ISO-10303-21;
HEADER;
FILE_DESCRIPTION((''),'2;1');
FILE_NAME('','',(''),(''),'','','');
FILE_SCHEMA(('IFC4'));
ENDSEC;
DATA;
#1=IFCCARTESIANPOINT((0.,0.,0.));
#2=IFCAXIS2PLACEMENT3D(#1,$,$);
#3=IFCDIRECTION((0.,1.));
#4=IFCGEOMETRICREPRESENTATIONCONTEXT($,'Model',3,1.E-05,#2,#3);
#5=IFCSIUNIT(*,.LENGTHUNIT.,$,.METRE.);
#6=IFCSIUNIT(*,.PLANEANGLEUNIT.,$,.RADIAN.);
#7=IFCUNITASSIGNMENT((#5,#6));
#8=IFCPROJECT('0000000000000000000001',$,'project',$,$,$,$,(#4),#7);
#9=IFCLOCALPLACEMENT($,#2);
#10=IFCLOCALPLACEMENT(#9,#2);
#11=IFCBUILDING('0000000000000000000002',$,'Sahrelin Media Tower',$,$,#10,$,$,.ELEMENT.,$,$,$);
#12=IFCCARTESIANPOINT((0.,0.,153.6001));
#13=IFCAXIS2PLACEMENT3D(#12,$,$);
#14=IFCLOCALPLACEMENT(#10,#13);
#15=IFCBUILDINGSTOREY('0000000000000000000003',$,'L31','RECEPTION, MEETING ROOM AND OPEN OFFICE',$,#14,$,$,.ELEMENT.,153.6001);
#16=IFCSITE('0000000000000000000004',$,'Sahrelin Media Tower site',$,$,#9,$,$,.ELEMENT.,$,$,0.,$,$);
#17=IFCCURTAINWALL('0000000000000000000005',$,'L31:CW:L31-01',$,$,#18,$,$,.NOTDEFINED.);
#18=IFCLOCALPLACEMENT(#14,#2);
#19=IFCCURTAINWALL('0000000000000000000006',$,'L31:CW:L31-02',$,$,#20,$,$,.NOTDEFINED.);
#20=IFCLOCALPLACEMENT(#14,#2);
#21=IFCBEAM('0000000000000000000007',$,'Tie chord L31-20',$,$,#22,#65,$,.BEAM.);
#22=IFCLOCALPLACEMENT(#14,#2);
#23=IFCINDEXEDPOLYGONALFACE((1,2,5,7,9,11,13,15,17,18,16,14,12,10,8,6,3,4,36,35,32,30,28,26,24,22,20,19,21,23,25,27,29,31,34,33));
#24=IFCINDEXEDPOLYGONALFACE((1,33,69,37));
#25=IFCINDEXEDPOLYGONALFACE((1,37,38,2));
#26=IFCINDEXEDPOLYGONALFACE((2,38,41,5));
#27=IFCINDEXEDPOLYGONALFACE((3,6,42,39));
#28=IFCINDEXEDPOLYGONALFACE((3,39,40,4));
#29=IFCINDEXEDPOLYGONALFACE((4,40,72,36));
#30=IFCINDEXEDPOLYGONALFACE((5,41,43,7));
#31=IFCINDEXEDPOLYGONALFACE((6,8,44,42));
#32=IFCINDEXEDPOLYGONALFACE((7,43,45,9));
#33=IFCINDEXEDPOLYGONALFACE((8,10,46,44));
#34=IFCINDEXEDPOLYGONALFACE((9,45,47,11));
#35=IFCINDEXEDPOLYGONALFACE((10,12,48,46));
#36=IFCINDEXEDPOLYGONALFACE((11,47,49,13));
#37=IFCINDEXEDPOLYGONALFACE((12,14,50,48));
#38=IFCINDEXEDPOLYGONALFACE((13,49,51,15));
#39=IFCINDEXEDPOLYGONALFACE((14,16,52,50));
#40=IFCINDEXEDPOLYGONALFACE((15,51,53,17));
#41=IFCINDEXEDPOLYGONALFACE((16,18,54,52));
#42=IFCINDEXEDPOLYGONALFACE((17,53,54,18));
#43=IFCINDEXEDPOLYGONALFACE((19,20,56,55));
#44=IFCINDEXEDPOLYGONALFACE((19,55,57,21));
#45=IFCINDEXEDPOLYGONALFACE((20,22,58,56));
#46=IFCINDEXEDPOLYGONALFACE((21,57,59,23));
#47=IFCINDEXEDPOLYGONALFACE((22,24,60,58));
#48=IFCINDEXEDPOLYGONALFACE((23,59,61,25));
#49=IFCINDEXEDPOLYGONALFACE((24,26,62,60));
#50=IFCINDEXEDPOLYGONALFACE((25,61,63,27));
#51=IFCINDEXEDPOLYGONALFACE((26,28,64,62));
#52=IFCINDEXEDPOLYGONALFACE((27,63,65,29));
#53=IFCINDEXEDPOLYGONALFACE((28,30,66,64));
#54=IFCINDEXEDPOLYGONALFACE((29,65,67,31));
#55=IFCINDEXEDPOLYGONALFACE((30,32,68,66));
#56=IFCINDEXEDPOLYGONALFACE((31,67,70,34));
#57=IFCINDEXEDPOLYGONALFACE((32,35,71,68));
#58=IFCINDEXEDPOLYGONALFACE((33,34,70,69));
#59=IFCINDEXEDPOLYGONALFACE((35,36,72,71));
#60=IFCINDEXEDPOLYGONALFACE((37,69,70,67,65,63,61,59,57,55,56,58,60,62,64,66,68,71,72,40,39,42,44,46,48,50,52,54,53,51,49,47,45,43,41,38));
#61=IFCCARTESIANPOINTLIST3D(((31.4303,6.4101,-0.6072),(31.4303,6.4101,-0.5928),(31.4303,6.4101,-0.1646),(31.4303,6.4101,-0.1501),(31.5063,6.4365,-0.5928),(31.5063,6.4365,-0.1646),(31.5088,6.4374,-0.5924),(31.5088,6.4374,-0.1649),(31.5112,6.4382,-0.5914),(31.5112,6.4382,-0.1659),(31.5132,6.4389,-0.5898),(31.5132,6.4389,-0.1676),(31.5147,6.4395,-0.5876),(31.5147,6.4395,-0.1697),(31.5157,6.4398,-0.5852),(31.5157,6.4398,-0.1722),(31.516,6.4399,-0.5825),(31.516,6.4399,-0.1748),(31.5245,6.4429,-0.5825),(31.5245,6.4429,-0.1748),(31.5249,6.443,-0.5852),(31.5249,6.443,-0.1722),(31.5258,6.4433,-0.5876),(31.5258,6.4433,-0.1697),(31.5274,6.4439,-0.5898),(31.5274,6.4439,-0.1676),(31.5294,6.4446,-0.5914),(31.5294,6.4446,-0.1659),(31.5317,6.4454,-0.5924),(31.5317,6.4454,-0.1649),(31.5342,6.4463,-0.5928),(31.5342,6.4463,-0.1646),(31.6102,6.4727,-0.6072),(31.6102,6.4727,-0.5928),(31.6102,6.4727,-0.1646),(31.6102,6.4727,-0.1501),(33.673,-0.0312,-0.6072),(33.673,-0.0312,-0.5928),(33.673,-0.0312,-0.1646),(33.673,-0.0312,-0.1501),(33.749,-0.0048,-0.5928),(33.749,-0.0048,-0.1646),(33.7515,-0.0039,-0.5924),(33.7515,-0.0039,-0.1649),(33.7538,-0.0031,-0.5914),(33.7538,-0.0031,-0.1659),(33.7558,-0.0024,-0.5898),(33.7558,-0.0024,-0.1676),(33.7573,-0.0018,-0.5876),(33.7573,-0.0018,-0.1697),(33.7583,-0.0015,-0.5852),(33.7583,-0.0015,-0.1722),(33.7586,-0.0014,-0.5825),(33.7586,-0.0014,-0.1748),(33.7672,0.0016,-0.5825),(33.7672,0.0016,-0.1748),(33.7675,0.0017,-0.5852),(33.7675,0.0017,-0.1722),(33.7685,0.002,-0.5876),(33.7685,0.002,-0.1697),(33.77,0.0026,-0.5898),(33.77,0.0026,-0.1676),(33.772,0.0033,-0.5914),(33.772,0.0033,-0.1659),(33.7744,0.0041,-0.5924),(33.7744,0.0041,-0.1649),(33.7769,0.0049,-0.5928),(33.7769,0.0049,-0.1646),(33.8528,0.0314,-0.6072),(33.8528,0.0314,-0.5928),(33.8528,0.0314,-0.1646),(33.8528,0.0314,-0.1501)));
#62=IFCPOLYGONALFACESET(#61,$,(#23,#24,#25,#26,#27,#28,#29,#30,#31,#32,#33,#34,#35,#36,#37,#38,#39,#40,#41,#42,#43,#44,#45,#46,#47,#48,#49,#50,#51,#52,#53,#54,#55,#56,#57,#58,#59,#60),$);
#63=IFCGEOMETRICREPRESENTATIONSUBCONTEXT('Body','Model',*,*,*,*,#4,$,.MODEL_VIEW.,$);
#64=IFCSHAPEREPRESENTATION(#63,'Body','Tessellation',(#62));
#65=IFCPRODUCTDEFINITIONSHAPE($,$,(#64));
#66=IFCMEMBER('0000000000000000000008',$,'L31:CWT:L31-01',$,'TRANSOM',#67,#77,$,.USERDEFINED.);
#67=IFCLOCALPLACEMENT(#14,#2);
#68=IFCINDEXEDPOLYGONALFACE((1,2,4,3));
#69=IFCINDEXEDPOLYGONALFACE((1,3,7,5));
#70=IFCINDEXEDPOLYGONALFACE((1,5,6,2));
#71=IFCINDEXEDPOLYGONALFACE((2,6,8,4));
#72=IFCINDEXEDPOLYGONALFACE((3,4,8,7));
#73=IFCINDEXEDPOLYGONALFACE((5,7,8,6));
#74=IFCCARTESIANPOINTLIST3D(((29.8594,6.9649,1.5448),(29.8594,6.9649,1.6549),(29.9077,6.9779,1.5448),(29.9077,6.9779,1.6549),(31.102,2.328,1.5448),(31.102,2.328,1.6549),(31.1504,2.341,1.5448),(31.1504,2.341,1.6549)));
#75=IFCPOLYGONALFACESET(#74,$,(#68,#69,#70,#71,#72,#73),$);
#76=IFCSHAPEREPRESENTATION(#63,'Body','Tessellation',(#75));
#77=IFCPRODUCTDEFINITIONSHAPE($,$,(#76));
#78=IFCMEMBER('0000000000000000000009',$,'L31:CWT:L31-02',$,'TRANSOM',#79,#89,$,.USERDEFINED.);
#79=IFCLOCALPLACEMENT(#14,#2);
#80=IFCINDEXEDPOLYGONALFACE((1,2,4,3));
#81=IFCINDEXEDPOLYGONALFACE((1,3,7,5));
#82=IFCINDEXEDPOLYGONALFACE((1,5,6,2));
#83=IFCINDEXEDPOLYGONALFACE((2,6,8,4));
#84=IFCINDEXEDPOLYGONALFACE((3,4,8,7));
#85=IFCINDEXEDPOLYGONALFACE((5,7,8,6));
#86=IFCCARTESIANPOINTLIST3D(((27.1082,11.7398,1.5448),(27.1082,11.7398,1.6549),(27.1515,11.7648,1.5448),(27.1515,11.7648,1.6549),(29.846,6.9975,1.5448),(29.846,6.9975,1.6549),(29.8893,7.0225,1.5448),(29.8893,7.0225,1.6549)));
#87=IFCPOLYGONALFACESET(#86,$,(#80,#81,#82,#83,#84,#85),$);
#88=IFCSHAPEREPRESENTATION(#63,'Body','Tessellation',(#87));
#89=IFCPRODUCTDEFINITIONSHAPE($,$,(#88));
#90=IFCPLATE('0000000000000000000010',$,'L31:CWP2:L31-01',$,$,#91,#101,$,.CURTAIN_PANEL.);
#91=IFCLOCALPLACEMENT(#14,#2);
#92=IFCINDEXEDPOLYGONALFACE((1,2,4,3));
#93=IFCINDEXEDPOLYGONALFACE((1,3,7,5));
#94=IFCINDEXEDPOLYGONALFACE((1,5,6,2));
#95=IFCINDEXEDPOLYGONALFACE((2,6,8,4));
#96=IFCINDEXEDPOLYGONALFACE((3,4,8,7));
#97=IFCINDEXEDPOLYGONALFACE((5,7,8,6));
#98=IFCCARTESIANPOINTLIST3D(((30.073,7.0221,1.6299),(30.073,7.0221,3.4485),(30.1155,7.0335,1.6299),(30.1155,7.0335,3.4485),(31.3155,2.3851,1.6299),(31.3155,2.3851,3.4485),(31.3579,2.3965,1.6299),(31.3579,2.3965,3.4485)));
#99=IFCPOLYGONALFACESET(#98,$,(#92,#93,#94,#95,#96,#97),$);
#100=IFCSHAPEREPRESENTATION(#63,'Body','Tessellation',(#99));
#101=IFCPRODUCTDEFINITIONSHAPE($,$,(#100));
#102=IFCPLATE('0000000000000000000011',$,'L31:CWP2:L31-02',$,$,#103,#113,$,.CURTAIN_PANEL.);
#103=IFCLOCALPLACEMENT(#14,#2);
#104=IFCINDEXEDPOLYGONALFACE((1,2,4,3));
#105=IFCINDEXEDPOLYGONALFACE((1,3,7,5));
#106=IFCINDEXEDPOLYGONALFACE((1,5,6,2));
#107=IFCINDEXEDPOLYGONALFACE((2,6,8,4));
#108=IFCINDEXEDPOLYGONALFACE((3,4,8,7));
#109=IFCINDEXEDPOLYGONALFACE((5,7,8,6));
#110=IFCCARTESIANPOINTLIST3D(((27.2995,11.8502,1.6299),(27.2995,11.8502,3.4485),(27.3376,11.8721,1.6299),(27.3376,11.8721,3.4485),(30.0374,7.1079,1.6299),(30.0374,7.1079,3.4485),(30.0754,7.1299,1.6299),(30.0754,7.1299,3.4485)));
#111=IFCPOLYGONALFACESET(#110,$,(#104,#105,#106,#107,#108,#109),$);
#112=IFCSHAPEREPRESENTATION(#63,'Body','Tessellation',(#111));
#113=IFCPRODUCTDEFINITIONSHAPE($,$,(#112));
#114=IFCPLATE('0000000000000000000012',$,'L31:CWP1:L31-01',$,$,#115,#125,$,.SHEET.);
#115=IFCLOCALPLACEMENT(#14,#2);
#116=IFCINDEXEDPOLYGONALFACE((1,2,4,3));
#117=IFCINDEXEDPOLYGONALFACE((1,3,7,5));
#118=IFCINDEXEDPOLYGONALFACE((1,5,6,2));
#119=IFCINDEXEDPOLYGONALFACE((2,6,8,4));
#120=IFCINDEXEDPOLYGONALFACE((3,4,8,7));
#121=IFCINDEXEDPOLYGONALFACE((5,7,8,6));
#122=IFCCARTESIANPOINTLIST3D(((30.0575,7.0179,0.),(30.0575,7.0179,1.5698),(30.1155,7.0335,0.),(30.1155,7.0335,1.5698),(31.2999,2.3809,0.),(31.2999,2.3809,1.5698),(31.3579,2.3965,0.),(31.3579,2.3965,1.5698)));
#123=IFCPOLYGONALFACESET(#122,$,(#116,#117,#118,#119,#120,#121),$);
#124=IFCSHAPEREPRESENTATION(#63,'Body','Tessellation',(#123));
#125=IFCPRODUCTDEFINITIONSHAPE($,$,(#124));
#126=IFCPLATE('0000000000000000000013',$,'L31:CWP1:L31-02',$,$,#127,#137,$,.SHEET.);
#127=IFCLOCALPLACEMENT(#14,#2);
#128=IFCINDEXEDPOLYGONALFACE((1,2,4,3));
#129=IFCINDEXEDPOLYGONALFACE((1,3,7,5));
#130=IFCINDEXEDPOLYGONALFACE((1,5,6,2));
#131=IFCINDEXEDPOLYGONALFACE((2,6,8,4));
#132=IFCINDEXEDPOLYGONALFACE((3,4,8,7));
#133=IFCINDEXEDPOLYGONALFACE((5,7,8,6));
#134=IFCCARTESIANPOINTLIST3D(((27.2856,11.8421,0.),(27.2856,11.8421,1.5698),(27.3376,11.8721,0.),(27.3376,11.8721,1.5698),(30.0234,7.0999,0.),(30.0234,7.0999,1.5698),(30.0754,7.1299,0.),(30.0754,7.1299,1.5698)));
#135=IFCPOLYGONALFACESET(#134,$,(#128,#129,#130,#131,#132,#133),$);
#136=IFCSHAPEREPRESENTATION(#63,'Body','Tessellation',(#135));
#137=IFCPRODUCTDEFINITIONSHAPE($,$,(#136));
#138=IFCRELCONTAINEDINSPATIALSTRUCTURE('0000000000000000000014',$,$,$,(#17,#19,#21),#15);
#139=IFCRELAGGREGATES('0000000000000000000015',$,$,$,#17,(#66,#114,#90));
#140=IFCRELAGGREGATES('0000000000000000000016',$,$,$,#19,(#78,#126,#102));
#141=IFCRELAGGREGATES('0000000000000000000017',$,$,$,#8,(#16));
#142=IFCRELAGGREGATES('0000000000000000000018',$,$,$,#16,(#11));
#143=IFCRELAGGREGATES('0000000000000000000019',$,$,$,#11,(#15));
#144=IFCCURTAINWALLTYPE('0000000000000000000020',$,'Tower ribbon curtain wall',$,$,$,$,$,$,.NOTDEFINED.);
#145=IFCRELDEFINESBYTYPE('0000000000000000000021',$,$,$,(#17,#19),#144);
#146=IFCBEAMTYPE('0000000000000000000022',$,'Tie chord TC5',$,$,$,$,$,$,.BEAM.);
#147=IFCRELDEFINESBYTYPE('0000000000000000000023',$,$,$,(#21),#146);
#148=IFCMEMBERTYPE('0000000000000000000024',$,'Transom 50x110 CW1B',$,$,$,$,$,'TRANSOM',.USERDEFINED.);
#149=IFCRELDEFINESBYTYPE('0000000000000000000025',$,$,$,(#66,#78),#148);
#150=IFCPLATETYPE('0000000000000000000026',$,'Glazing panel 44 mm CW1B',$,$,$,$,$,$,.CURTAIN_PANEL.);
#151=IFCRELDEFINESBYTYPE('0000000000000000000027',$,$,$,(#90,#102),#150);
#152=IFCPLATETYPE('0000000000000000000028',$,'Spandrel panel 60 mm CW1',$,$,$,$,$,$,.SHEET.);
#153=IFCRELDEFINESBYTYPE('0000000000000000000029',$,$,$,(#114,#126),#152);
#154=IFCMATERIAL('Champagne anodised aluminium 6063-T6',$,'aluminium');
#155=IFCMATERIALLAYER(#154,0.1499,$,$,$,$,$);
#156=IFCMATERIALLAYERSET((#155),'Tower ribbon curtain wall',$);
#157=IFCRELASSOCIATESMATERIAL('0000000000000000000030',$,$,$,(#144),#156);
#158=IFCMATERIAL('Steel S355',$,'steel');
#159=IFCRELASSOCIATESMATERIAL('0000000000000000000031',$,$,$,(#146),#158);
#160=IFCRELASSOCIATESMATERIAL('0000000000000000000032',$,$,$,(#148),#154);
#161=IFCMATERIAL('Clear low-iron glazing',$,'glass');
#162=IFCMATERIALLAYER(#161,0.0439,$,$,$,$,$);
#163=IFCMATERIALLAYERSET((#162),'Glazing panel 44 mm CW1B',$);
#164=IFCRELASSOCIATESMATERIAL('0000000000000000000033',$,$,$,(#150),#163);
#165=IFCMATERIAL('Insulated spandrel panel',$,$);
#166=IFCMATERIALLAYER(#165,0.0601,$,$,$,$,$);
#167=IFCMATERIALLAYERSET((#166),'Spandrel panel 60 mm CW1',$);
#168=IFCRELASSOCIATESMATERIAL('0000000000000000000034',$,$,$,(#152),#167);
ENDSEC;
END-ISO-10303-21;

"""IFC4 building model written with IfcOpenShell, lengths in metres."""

from ifc_helpers import new_model, si_unit, direction, frame, origin, origin_2d, place, context, subcontext, project, spatial, polyline, rectangle, i_section, outline, extrude, material, layer, layer_set, material_profile, profile_set, type_object, element, aggregate, save


model = new_model("IFC4")

# Units and contexts
model_context = context("Model", 3, precision=1e-05, world=origin(), true_north=direction((0.0, 1.0)))
body_context = subcontext(model_context, "Body", "Model", "MODEL_VIEW")
ifc_project = project(units=[si_unit("LENGTHUNIT", "METRE"), si_unit("PLANEANGLEUNIT", "RADIAN")], contexts=[model_context])

# Site, building, storey
site_placement = place(None, origin())
site = spatial("IfcSite", under=ifc_project, at=site_placement, Name="Sahrelin Media Tower site", CompositionType="ELEMENT", RefElevation=0.0)
building_placement = place(site_placement, origin())
building = spatial("IfcBuilding", under=site, at=building_placement, Name="Sahrelin Media Tower", CompositionType="ELEMENT")
storey_placement = place(building_placement, frame((0.0, 0.0, 153.6001)))
storey = spatial("IfcBuildingStorey", under=building, at=storey_placement, Name="L31", Description="RECEPTION, MEETING ROOM AND OPEN OFFICE", CompositionType="ELEMENT", Elevation=153.6001)

# Shared definitions
ifc_material_1 = material(Name="Steel S355", Category="steel")

# Curtain walls
ifc_material_2 = material(Name="Champagne anodised aluminium 6063-T6", Category="aluminium")
ifc_layer_1 = layer(ifc_material_2, 0.1499)
ifc_layer_set_1 = layer_set([ifc_layer_1], Name="Tower ribbon curtain wall")
curtain_wall_type = type_object("IfcCurtainWallType", Name="Tower ribbon curtain wall", PredefinedType="NOTDEFINED", material=ifc_layer_set_1)
curtain_wall_1_placement = place(storey_placement, frame((30.7173, 4.7097, 0.0), z_axis=(0.0, 0.0, 1.0), x_axis=(1.0, 0.0, 0.0)))
curtain_wall_1 = element("IfcCurtainWall", 1, at=curtain_wall_1_placement, inside=storey, type_object=curtain_wall_type, Name="L31:CW:L31-01", PredefinedType="NOTDEFINED")
curtain_wall_2_placement = place(storey_placement, frame((28.6892, 9.491, 0.0), z_axis=(0.0, 0.0, 1.0), x_axis=(1.0, 0.0, 0.0)))
curtain_wall_2 = element("IfcCurtainWall", 2, at=curtain_wall_2_placement, inside=storey, type_object=curtain_wall_type, Name="L31:CW:L31-02", PredefinedType="NOTDEFINED")

# Beam
ifc_material_profile_1 = material_profile(ifc_material_1, i_section(OverallWidth=0.1904, OverallDepth=0.457, WebThickness=0.009, FlangeThickness=0.0144, FilletRadius=0.0103, at=origin_2d()), Name="UB 457x191x74")
ifc_profile_set_1 = profile_set([ifc_material_profile_1], Name="Steel S355")
beam_type_1 = type_object("IfcBeamType", Name="Tie chord TC5", PredefinedType="BEAM", material=ifc_profile_set_1)
for number, where, z_axis, x_axis, name in (
    (3, (31.5203, 6.4414, -0.3787), (0.328807, -0.944397, 0.0), (0.944397, 0.328807, 0.0), "Tie chord L31-20"),
):
    element("IfcBeam", number, at=place(storey_placement, frame(where, z_axis=z_axis, x_axis=x_axis)), inside=storey, type_object=beam_type_1, Name=name, PredefinedType="BEAM", context=body_context, shape_type="SweptSolid", body=[
        extrude(i_section(OverallWidth=0.1904, OverallDepth=0.457, WebThickness=0.009, FlangeThickness=0.0144, FilletRadius=0.0103, at=origin_2d()), origin(), (0.0, 0.0, 1.0), 6.8206),
    ])

# Members
ifc_material_profile_2 = material_profile(ifc_material_2, rectangle(XDim=0.05, YDim=0.1101, at=origin_2d()), Name="Transom 50x110")
ifc_profile_set_2 = profile_set([ifc_material_profile_2], Name="Champagne anodised aluminium 6063-T6")
member_type_1 = type_object("IfcMemberType", Name="Transom 50x110 CW1B", ElementType="TRANSOM", PredefinedType="USERDEFINED", material=ifc_profile_set_2)
member_1_placement = place(storey_placement, frame((31.1262, 2.3345, 1.5999), z_axis=(-0.258859, 0.965915, 0.0), x_axis=(-0.965915, -0.258859, 0.0)))
member_1 = element("IfcMember", 4, at=member_1_placement, type_object=member_type_1, Name="L31:CWT:L31-01", ObjectType="TRANSOM", PredefinedType="USERDEFINED", context=body_context, shape_type="SweptSolid", body=[
    extrude(rectangle(XDim=0.05, YDim=0.1101, at=origin_2d()), origin(), (0.0, 0.0, 1.0), 4.8005),
])
member_2_placement = place(storey_placement, frame((29.8677, 7.01, 1.5999), z_axis=(-0.499985, 0.866034, 0.0), x_axis=(-0.866034, -0.499985, 0.0)))
member_2 = element("IfcMember", 5, at=member_2_placement, type_object=member_type_1, Name="L31:CWT:L31-02", ObjectType="TRANSOM", PredefinedType="USERDEFINED", context=body_context, shape_type="SweptSolid", body=[
    extrude(rectangle(XDim=0.05, YDim=0.1101, at=origin_2d()), origin(), (0.0, 0.0, 1.0), 5.4758),
])

# Plates
ifc_material_3 = material(Name="Clear low-iron glazing", Category="glass")
ifc_layer_2 = layer(ifc_material_3, 0.0439)
ifc_layer_set_2 = layer_set([ifc_layer_2], Name="Glazing panel 44 mm CW1B")
plate_type_1 = type_object("IfcPlateType", Name="Glazing panel 44 mm CW1B", PredefinedType="CURTAIN_PANEL", material=ifc_layer_set_2)
plate_1_placement = place(storey_placement, frame((31.3579, 2.3965, 1.6299), z_axis=(0.965928, 0.258811, 0.0), x_axis=(-0.258811, 0.965928, 0.0)))
plate_1 = element("IfcPlate", 6, at=plate_1_placement, type_object=plate_type_1, Name="L31:CWP2:L31-01", PredefinedType="CURTAIN_PANEL", context=body_context, shape_type="SweptSolid", body=[
    extrude(outline(polyline([(0.0, 0.0), (4.8005, 0.0), (4.8005, 1.8186), (0.0, 1.8186), (0.0, 0.0)])), origin(), (0.0, 0.0, -1.0), 0.0439),
])
plate_2_placement = place(storey_placement, frame((30.0754, 7.1299, 1.6299), z_axis=(0.866034, 0.499985, 0.0), x_axis=(-0.499985, 0.866034, 0.0)))
plate_2 = element("IfcPlate", 7, at=plate_2_placement, type_object=plate_type_1, Name="L31:CWP2:L31-02", PredefinedType="CURTAIN_PANEL", context=body_context, shape_type="SweptSolid", body=[
    extrude(outline(polyline([(0.0, 0.0), (5.4758, 0.0), (5.4758, 1.8186), (0.0, 1.8186), (0.0, 0.0)])), origin(), (0.0, 0.0, -1.0), 0.0439),
])
ifc_material_4 = material(Name="Insulated spandrel panel")
ifc_layer_3 = layer(ifc_material_4, 0.0601)
ifc_layer_set_3 = layer_set([ifc_layer_3], Name="Spandrel panel 60 mm CW1")
plate_type_2 = type_object("IfcPlateType", Name="Spandrel panel 60 mm CW1", PredefinedType="SHEET", material=ifc_layer_set_3)
plate_3_placement = place(storey_placement, frame((31.3579, 2.3965, 0.0), z_axis=(0.965928, 0.258811, 0.0), x_axis=(-0.258811, 0.965928, 0.0)))
plate_3 = element("IfcPlate", 8, at=plate_3_placement, type_object=plate_type_2, Name="L31:CWP1:L31-01", PredefinedType="SHEET", context=body_context, shape_type="SweptSolid", body=[
    extrude(outline(polyline([(0.0, 0.0), (4.8005, 0.0), (4.8005, 1.5698), (0.0, 1.5698), (0.0, 0.0)])), origin(), (0.0, 0.0, -1.0), 0.0601),
])
aggregate(curtain_wall_1, [member_1, plate_3, plate_1])
plate_4_placement = place(storey_placement, frame((30.0754, 7.1299, 0.0), z_axis=(0.866034, 0.499985, 0.0), x_axis=(-0.499985, 0.866034, 0.0)))
plate_4 = element("IfcPlate", 9, at=plate_4_placement, type_object=plate_type_2, Name="L31:CWP1:L31-02", PredefinedType="SHEET", context=body_context, shape_type="SweptSolid", body=[
    extrude(outline(polyline([(0.0, 0.0), (5.4758, 0.0), (5.4758, 1.5698), (0.0, 1.5698), (0.0, 0.0)])), origin(), (0.0, 0.0, -1.0), 0.0601),
])
aggregate(curtain_wall_2, [member_2, plate_4, plate_2])

save(model, "model.ifc")
